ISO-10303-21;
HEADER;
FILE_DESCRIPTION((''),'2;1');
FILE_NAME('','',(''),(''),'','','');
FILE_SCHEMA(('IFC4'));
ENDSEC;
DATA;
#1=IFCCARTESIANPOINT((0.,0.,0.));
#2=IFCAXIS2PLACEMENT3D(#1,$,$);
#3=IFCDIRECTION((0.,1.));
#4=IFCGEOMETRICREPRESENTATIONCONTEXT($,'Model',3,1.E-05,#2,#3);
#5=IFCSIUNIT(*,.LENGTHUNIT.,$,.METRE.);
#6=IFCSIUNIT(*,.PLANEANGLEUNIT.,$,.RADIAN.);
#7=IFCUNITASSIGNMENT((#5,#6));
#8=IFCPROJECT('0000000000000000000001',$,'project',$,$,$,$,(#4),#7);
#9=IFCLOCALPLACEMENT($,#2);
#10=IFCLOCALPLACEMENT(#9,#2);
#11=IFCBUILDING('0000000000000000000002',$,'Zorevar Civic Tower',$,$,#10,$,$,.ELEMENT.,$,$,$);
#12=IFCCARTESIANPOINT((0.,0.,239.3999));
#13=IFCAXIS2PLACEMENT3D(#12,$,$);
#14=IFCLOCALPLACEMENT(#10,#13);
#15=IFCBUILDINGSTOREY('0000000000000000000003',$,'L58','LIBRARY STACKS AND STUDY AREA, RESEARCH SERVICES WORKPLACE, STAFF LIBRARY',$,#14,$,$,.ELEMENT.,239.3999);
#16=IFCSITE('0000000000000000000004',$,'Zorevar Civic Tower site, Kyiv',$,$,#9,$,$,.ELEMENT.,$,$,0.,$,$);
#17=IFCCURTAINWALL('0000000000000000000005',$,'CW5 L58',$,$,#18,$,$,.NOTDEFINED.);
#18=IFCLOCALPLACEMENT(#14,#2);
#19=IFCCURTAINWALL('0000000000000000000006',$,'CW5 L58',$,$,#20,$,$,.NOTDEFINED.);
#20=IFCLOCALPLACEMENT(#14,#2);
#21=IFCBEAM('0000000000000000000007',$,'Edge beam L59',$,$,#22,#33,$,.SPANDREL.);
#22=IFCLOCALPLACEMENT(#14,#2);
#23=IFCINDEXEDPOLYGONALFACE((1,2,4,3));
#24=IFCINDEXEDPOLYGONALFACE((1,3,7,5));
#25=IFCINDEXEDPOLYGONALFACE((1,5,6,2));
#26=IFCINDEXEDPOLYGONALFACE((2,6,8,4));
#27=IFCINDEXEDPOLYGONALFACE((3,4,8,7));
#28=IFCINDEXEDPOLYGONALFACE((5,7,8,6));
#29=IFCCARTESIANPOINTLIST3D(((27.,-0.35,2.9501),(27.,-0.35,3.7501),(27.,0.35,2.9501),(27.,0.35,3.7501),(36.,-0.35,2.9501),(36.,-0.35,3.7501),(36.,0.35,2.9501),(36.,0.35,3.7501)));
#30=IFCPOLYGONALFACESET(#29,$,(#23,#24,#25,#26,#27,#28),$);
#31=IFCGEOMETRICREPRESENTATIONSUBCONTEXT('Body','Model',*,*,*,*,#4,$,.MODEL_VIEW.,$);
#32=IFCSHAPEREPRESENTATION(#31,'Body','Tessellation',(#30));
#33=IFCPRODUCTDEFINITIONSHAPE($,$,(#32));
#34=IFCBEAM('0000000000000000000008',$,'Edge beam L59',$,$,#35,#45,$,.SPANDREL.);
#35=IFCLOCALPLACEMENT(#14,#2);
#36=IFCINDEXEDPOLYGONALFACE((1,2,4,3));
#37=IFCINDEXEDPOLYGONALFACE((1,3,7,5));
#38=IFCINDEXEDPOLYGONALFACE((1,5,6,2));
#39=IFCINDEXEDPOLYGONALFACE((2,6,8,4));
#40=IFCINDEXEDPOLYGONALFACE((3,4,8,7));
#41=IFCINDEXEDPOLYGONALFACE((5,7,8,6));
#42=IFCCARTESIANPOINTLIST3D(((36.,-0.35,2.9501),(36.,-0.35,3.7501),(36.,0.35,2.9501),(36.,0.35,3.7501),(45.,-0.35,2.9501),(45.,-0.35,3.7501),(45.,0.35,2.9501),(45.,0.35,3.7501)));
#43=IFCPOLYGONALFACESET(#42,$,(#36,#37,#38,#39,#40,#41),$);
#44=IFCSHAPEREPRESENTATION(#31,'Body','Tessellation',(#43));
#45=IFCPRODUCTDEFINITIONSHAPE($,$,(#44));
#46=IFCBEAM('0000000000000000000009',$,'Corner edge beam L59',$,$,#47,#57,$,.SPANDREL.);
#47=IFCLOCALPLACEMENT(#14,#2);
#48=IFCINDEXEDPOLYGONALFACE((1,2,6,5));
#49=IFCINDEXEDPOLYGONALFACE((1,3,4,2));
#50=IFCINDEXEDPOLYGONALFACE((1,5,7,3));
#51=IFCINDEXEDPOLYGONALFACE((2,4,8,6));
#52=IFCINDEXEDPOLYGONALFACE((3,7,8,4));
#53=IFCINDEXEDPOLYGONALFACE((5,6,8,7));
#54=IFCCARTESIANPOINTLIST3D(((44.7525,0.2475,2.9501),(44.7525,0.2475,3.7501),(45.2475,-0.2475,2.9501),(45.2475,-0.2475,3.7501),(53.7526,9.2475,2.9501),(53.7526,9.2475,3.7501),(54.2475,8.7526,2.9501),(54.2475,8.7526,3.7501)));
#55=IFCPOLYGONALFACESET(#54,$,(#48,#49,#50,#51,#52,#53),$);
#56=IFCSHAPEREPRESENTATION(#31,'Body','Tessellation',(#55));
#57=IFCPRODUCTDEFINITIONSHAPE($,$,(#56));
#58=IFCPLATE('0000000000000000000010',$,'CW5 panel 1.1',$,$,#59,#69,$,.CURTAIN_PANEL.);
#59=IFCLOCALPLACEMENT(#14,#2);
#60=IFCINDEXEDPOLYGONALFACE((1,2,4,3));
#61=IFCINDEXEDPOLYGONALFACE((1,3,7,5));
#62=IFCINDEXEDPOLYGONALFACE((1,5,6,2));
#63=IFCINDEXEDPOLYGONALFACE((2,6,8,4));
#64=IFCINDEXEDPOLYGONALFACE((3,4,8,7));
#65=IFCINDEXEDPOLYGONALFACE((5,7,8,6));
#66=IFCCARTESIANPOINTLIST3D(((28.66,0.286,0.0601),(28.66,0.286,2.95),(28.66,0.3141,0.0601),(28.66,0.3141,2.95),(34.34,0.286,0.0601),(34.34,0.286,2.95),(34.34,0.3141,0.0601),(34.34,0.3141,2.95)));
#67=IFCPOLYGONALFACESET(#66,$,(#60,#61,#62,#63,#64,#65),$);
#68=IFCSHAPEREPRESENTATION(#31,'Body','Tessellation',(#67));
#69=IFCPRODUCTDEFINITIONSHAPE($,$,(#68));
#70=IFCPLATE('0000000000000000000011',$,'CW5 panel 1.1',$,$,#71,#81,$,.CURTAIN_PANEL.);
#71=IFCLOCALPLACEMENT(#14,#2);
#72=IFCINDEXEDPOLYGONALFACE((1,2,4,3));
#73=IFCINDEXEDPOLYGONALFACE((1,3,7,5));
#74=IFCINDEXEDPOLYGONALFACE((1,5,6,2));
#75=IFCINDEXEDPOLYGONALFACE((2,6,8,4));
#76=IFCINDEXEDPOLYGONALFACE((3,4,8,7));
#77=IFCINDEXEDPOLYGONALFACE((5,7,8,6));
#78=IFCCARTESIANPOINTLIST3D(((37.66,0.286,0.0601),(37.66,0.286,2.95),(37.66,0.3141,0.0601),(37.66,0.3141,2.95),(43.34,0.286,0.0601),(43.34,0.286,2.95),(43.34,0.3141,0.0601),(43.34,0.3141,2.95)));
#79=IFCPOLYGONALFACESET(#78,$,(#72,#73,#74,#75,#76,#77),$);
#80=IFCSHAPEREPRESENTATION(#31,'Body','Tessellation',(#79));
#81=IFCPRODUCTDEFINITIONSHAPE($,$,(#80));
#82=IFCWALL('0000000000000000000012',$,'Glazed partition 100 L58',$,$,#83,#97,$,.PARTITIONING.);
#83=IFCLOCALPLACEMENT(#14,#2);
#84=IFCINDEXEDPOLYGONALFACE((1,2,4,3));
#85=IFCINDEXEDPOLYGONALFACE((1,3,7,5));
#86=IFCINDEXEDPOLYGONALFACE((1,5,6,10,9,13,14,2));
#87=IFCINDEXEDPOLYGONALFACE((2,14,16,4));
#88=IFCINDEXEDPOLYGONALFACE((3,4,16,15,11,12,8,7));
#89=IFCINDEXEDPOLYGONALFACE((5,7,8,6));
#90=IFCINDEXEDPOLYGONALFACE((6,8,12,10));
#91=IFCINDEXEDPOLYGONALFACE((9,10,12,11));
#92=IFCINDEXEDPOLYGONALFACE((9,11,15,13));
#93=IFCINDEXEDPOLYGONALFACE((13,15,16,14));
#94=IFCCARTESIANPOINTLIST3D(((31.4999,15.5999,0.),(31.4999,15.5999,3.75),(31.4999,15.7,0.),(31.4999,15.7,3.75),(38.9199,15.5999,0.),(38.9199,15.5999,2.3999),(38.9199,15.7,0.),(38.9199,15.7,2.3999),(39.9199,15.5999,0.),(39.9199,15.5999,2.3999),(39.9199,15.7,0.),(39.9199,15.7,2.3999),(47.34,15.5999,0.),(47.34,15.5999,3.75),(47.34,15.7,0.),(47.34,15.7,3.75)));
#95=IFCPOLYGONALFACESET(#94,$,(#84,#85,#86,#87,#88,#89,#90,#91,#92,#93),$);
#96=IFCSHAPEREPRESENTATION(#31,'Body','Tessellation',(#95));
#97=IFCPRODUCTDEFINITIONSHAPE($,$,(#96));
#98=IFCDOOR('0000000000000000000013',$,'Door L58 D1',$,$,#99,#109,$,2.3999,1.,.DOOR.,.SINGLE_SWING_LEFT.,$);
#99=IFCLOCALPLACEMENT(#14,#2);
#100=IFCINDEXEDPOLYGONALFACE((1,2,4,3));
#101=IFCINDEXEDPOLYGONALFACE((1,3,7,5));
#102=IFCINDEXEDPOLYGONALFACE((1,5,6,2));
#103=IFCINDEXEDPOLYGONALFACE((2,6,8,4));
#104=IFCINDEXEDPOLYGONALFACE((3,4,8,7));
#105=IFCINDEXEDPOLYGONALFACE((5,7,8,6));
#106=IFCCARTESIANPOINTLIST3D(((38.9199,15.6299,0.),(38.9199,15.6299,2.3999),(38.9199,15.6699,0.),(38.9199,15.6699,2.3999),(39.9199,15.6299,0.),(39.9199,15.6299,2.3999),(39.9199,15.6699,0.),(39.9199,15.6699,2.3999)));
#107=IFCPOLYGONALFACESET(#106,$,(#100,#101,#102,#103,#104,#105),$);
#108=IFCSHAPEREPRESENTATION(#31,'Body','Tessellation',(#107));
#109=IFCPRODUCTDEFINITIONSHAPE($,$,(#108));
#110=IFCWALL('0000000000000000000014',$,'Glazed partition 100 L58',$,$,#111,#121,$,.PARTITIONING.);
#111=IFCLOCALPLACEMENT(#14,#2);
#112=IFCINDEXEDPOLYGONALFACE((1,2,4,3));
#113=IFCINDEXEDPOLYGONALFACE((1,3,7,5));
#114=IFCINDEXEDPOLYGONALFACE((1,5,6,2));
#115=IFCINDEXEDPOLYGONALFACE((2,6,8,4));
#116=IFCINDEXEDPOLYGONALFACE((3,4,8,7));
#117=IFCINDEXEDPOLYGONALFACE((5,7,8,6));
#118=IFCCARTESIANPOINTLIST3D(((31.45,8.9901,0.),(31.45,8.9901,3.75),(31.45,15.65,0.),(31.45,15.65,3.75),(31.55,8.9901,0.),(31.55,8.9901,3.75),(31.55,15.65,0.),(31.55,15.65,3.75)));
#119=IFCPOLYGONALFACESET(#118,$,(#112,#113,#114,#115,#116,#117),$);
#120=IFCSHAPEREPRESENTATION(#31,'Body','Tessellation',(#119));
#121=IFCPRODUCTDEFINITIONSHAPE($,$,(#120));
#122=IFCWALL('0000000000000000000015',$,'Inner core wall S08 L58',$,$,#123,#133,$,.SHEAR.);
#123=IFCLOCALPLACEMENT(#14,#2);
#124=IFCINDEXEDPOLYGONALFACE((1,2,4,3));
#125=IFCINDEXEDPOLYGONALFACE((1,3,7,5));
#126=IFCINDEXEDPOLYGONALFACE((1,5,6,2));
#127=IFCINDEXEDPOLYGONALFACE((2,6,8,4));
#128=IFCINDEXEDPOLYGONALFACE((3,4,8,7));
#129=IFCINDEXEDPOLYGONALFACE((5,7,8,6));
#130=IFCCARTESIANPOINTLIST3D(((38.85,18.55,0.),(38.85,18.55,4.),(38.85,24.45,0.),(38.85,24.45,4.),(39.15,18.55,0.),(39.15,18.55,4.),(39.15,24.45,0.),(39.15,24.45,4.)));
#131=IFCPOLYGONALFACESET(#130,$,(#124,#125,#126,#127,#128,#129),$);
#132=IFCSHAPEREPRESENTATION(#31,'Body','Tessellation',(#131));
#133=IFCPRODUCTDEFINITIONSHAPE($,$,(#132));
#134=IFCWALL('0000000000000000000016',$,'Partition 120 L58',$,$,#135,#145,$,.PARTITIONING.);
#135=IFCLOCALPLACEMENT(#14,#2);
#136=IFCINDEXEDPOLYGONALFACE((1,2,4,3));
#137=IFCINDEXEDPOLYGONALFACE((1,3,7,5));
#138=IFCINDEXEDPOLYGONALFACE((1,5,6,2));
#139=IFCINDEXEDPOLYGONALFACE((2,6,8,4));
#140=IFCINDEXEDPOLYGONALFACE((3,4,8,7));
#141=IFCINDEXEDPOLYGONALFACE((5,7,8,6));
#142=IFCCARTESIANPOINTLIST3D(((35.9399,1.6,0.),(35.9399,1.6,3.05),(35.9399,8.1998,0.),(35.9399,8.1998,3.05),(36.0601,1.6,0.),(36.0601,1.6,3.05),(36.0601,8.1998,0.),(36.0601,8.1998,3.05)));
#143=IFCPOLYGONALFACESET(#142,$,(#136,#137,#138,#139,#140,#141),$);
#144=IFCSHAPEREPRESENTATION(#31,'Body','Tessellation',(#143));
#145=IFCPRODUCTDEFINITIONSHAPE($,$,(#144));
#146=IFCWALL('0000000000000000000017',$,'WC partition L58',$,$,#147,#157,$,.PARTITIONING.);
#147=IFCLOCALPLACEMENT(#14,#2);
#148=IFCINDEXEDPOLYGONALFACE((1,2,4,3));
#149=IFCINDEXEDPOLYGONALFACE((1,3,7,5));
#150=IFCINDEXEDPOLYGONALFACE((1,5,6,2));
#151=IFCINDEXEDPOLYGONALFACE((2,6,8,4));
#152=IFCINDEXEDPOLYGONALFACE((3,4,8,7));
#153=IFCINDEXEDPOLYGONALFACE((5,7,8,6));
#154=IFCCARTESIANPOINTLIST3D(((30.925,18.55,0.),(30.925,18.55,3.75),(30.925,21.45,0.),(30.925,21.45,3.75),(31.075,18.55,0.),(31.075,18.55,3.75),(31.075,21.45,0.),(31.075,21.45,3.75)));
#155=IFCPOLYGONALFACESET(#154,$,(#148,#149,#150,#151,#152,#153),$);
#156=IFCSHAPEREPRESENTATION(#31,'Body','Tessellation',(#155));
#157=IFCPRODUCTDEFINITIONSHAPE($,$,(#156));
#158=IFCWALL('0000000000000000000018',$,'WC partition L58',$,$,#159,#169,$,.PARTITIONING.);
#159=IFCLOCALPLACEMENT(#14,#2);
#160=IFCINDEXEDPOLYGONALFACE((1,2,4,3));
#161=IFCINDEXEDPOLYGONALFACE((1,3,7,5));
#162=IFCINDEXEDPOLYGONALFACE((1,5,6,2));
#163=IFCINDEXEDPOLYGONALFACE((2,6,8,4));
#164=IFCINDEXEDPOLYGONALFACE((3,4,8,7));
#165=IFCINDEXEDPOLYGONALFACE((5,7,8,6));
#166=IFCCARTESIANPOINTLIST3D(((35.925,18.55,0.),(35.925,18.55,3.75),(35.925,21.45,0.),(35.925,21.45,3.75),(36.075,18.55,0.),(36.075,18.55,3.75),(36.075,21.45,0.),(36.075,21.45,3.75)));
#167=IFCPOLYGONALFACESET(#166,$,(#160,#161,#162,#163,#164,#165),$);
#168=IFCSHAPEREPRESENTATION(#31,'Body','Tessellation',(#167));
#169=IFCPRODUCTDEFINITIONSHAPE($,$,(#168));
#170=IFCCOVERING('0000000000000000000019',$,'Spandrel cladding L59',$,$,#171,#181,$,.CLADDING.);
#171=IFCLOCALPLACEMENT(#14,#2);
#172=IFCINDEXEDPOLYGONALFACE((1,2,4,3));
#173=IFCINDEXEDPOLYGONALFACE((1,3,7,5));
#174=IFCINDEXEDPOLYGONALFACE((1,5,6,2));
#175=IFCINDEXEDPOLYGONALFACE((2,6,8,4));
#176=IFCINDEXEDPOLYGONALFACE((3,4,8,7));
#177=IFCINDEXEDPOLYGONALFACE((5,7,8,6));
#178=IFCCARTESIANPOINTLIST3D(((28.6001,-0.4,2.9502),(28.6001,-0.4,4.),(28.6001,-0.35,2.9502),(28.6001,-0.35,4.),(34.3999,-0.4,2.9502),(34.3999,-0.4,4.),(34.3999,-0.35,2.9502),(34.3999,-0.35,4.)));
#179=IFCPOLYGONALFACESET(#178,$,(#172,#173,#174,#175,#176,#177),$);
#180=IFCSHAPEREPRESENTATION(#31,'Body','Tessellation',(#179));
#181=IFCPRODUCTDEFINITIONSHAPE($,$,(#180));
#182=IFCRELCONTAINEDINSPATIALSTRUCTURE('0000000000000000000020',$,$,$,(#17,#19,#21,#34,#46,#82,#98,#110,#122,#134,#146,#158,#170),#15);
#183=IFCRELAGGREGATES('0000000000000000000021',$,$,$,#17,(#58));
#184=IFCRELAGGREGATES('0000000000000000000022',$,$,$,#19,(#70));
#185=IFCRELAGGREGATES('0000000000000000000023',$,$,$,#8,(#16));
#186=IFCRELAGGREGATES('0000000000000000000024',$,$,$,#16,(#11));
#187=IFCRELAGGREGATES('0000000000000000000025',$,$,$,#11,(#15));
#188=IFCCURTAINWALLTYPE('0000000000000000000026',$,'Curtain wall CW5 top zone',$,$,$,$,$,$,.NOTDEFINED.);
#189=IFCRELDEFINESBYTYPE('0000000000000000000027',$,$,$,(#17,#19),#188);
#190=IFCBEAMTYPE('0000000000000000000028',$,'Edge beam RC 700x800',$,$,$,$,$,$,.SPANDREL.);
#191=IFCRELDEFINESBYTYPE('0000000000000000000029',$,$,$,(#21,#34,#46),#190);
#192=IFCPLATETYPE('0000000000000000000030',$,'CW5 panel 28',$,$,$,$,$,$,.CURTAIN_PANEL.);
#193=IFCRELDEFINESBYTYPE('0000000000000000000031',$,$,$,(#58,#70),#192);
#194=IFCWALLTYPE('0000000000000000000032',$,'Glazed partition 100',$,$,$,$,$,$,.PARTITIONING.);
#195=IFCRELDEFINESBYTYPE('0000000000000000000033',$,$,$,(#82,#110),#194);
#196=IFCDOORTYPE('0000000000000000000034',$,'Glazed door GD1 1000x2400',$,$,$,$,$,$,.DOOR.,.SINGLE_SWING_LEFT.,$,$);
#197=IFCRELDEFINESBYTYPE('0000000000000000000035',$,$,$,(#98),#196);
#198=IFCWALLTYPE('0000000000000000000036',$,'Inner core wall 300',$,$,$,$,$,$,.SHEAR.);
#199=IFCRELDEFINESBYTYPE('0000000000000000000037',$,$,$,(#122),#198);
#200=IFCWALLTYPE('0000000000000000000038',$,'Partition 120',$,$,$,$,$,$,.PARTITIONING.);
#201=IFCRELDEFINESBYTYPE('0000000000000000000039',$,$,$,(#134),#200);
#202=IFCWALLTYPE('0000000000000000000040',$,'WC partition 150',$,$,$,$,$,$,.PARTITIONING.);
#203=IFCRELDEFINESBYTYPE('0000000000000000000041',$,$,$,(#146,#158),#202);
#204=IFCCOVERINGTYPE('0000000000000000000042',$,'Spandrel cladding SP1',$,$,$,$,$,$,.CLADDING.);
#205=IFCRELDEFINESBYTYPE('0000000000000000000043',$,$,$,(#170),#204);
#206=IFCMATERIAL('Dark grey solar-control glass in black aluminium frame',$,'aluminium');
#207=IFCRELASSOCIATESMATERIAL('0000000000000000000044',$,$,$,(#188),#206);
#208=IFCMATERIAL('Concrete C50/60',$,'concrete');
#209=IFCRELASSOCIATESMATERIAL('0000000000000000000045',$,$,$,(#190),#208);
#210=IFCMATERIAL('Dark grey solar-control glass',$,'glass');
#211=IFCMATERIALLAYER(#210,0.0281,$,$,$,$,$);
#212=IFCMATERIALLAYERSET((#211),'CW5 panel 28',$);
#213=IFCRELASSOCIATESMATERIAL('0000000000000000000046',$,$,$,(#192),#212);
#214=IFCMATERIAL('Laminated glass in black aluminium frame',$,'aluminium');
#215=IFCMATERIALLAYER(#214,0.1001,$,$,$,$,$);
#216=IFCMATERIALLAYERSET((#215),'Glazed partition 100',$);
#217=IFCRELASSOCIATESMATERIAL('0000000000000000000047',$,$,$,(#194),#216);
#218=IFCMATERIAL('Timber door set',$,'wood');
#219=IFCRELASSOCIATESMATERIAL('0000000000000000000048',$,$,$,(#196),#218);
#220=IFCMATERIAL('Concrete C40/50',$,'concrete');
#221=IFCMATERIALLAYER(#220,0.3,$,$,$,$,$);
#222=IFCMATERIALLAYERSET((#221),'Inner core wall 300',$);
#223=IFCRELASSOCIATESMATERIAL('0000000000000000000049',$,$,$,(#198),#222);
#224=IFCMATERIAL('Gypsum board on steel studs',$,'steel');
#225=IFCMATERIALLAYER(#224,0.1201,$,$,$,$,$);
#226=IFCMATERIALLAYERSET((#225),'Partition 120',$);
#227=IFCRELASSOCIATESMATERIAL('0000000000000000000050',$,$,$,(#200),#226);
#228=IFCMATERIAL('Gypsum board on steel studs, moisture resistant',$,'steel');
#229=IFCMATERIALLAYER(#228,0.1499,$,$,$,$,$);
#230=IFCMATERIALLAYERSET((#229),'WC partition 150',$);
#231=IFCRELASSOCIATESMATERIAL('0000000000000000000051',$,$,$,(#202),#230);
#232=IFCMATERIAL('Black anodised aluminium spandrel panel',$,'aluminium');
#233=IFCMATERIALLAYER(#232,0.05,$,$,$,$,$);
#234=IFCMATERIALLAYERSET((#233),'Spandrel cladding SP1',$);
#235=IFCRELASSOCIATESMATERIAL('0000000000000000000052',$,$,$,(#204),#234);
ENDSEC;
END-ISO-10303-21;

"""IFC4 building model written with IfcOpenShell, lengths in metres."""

from ifc_helpers import new_model, si_unit, direction, frame, frame_2d, origin, origin_2d, place, context, subcontext, project, spatial, rectangle, extrude, material, layer, layer_set, material_profile, profile_set, type_object, element, fill, aggregate, save


model = new_model("IFC4")

# Units and contexts
model_context = context("Model", 3, precision=1e-05, world=origin(), true_north=direction((0.0, 1.0)))
body_context = subcontext(model_context, "Body", "Model", "MODEL_VIEW")
ifc_project = project(units=[si_unit("LENGTHUNIT", "METRE"), si_unit("PLANEANGLEUNIT", "RADIAN")], contexts=[model_context])

# Site, building, storey
site_placement = place(None, origin())
site = spatial("IfcSite", under=ifc_project, at=site_placement, Name="Zorevar Civic Tower site, Kyiv", CompositionType="ELEMENT", RefElevation=0.0)
building_placement = place(site_placement, origin())
building = spatial("IfcBuilding", under=site, at=building_placement, Name="Zorevar Civic Tower", CompositionType="ELEMENT")
storey_placement = place(building_placement, frame((0.0, 0.0, 239.3999)))
storey = spatial("IfcBuildingStorey", under=building, at=storey_placement, Name="L58", Description="LIBRARY STACKS AND STUDY AREA, RESEARCH SERVICES WORKPLACE, STAFF LIBRARY", CompositionType="ELEMENT", Elevation=239.3999)

# Curtain walls
ifc_material_1 = material(Name="Dark grey solar-control glass in black aluminium frame", Category="aluminium")
curtain_wall_type = type_object("IfcCurtainWallType", Name="Curtain wall CW5 top zone", PredefinedType="NOTDEFINED", material=ifc_material_1)
curtain_wall_1_placement = place(storey_placement, origin())
curtain_wall_1 = element("IfcCurtainWall", 1, at=curtain_wall_1_placement, inside=storey, type_object=curtain_wall_type, Name="CW5 L58", PredefinedType="NOTDEFINED")
curtain_wall_2_placement = place(storey_placement, origin())
curtain_wall_2 = element("IfcCurtainWall", 2, at=curtain_wall_2_placement, inside=storey, type_object=curtain_wall_type, Name="CW5 L58", PredefinedType="NOTDEFINED")

# Beams
ifc_material_2 = material(Name="Concrete C50/60", Category="concrete")
ifc_material_profile_1 = material_profile(ifc_material_2, rectangle(XDim=0.7, YDim=0.8, at=origin_2d()), Name="RC 700x800")
ifc_profile_set_1 = profile_set([ifc_material_profile_1], Name="Concrete C50/60")
beam_type_1 = type_object("IfcBeamType", Name="Edge beam RC 700x800", PredefinedType="SPANDREL", material=ifc_profile_set_1)
for number, where, z_axis, x_axis, name in (
    (3, (27.0, 0.0, 3.3501), (1.0, 0.0, 0.0), (0.0, 1.0, 0.0), "Edge beam L59"),
    (4, (36.0, 0.0, 3.3501), (1.0, 0.0, 0.0), (0.0, 1.0, 0.0), "Edge beam L59"),
):
    element("IfcBeam", number, at=place(storey_placement, frame(where, z_axis=z_axis, x_axis=x_axis)), inside=storey, type_object=beam_type_1, Name=name, PredefinedType="SPANDREL", context=body_context, shape_type="SweptSolid", body=[
        extrude(rectangle(XDim=0.7, YDim=0.8, at=origin_2d()), origin(), (0.0, 0.0, 1.0), 9.0),
    ])
beam_1_placement = place(storey_placement, frame((45.0, 0.0, 3.3501), z_axis=(0.707107, 0.707107, 0.0), x_axis=(-0.707107, 0.707107, 0.0)))
element("IfcBeam", 5, at=beam_1_placement, inside=storey, type_object=beam_type_1, Name="Corner edge beam L59", PredefinedType="SPANDREL", context=body_context, shape_type="SweptSolid", body=[
    extrude(rectangle(XDim=0.7, YDim=0.8, at=origin_2d()), origin(), (0.0, 0.0, 1.0), 12.728),
])

# Plates
ifc_material_3 = material(Name="Dark grey solar-control glass", Category="glass")
ifc_layer_1 = layer(ifc_material_3, 0.0281)
ifc_layer_set_1 = layer_set([ifc_layer_1], Name="CW5 panel 28")
plate_type = type_object("IfcPlateType", Name="CW5 panel 28", PredefinedType="CURTAIN_PANEL", material=ifc_layer_set_1)
plate_1_placement = place(storey_placement, frame((31.5, 0.3, 0.0601), z_axis=(0.0, 0.0, 1.0), x_axis=(1.0, 0.0, 0.0)))
plate_1 = element("IfcPlate", 6, at=plate_1_placement, type_object=plate_type, Name="CW5 panel 1.1", PredefinedType="CURTAIN_PANEL", context=body_context, shape_type="SweptSolid", body=[
    extrude(rectangle(XDim=5.6799, YDim=0.0281, at=origin_2d()), origin(), (0.0, 0.0, 1.0), 2.8899),
])
aggregate(curtain_wall_1, [plate_1])
plate_2_placement = place(storey_placement, frame((40.5, 0.3, 0.0601), z_axis=(0.0, 0.0, 1.0), x_axis=(1.0, 0.0, 0.0)))
plate_2 = element("IfcPlate", 7, at=plate_2_placement, type_object=plate_type, Name="CW5 panel 1.1", PredefinedType="CURTAIN_PANEL", context=body_context, shape_type="SweptSolid", body=[
    extrude(rectangle(XDim=5.6799, YDim=0.0281, at=origin_2d()), origin(), (0.0, 0.0, 1.0), 2.8899),
])
aggregate(curtain_wall_2, [plate_2])

# Wall, opening, door
ifc_material_4 = material(Name="Laminated glass in black aluminium frame", Category="aluminium")
ifc_layer_2 = layer(ifc_material_4, 0.1001)
ifc_layer_set_2 = layer_set([ifc_layer_2], Name="Glazed partition 100")
wall_type_1 = type_object("IfcWallType", Name="Glazed partition 100", PredefinedType="PARTITIONING", material=ifc_layer_set_2)
wall_1_placement = place(storey_placement, frame((31.5, 15.6499, 0.0), z_axis=(0.0, 0.0, 1.0), x_axis=(1.0, 0.0, 0.0)))
wall_1 = element("IfcWall", 8, at=wall_1_placement, inside=storey, type_object=wall_type_1, Name="Glazed partition 100 L58", PredefinedType="PARTITIONING", context=body_context, shape_type="SweptSolid", body=[
    extrude(rectangle(XDim=15.8401, YDim=0.1001, at=frame_2d((7.9199, 0.0))), origin(), (0.0, 0.0, 1.0), 3.75),
])
opening_1_placement = place(wall_1_placement, frame((7.4199, 0.0, 0.0)))
opening_1 = element("IfcOpeningElement", 9, at=opening_1_placement, cuts=wall_1, PredefinedType="OPENING", context=body_context, shape_type="SweptSolid", body=[
    extrude(rectangle(XDim=1.0, YDim=2.3999, at=frame_2d((0.5, 1.2))), frame((0.0, 0.0601, 0.0), z_axis=(0.0, -1.0, 0.0), x_axis=(1.0, 0.0, 0.0)), (0.0, 0.0, 1.0), 0.1201),
])
ifc_material_5 = material(Name="Timber door set", Category="wood")
door_type_1 = type_object("IfcDoorType", Name="Glazed door GD1 1000x2400", OperationType="SINGLE_SWING_LEFT", PredefinedType="DOOR", material=ifc_material_5)
door_1_placement = place(opening_1_placement, origin())
door_1 = element("IfcDoor", 10, at=door_1_placement, inside=storey, type_object=door_type_1, Name="Door L58 D1", OperationType="SINGLE_SWING_LEFT", OverallHeight=2.3999, OverallWidth=1.0, PredefinedType="DOOR", context=body_context, shape_type="SweptSolid", body=[
    extrude(rectangle(XDim=1.0, YDim=2.3999, at=frame_2d((0.5, 1.2))), frame((0.0, 0.02, 0.0), z_axis=(0.0, -1.0, 0.0), x_axis=(1.0, 0.0, 0.0)), (0.0, 0.0, 1.0), 0.04),
])
fill(opening_1, door_1)

# Walls
wall_2_placement = place(storey_placement, frame((31.5, 8.99, 0.0), z_axis=(0.0, 0.0, 1.0), x_axis=(0.0, 1.0, 0.0)))
element("IfcWall", 11, at=wall_2_placement, inside=storey, type_object=wall_type_1, Name="Glazed partition 100 L58", PredefinedType="PARTITIONING", context=body_context, shape_type="SweptSolid", body=[
    extrude(rectangle(XDim=6.6599, YDim=0.1001, at=frame_2d((3.3301, 0.0))), origin(), (0.0, 0.0, 1.0), 3.75),
])
ifc_material_6 = material(Name="Concrete C40/50", Category="concrete")
ifc_layer_3 = layer(ifc_material_6, 0.3)
ifc_layer_set_3 = layer_set([ifc_layer_3], Name="Inner core wall 300")
wall_type_2 = type_object("IfcWallType", Name="Inner core wall 300", PredefinedType="SHEAR", material=ifc_layer_set_3)
wall_3_placement = place(storey_placement, frame((39.0, 18.55, 0.0), z_axis=(0.0, 0.0, 1.0), x_axis=(0.0, 1.0, 0.0)))
element("IfcWall", 12, at=wall_3_placement, inside=storey, type_object=wall_type_2, Name="Inner core wall S08 L58", PredefinedType="SHEAR", context=body_context, shape_type="SweptSolid", body=[
    extrude(rectangle(XDim=5.8999, YDim=0.3, at=frame_2d((2.95, 0.0))), origin(), (0.0, 0.0, 1.0), 4.0),
])

# Shared definitions
ifc_material_7 = material(Name="Gypsum board on steel studs", Category="steel")
ifc_layer_4 = layer(ifc_material_7, 0.1201)
ifc_layer_set_4 = layer_set([ifc_layer_4], Name="Partition 120")
wall_type_3 = type_object("IfcWallType", Name="Partition 120", PredefinedType="PARTITIONING", material=ifc_layer_set_4)

# Walls
wall_4_placement = place(storey_placement, frame((36.0, 1.6001, 0.0), z_axis=(0.0, 0.0, 1.0), x_axis=(0.0, 1.0, 0.0)))
element("IfcWall", 13, at=wall_4_placement, inside=storey, type_object=wall_type_3, Name="Partition 120 L58", PredefinedType="PARTITIONING", context=body_context, shape_type="SweptSolid", body=[
    extrude(rectangle(XDim=6.5999, YDim=0.1201, at=frame_2d((3.2998, 0.0))), origin(), (0.0, 0.0, 1.0), 3.05),
])
ifc_material_8 = material(Name="Gypsum board on steel studs, moisture resistant", Category="steel")
ifc_layer_5 = layer(ifc_material_8, 0.1499)
ifc_layer_set_5 = layer_set([ifc_layer_5], Name="WC partition 150")
wall_type_4 = type_object("IfcWallType", Name="WC partition 150", PredefinedType="PARTITIONING", material=ifc_layer_set_5)
for number, where, z_axis, x_axis, name in (
    (14, (31.0, 18.55, 0.0), (0.0, 0.0, 1.0), (0.0, 1.0, 0.0), "WC partition L58"),
    (15, (36.0, 18.55, 0.0), (0.0, 0.0, 1.0), (0.0, 1.0, 0.0), "WC partition L58"),
):
    element("IfcWall", number, at=place(storey_placement, frame(where, z_axis=z_axis, x_axis=x_axis)), inside=storey, type_object=wall_type_4, Name=name, PredefinedType="PARTITIONING", context=body_context, shape_type="SweptSolid", body=[
        extrude(rectangle(XDim=2.8999, YDim=0.1499, at=frame_2d((1.45, 0.0))), origin(), (0.0, 0.0, 1.0), 3.75),
    ])

# Covering
ifc_material_9 = material(Name="Black anodised aluminium spandrel panel", Category="aluminium")
ifc_layer_6 = layer(ifc_material_9, 0.05)
ifc_layer_set_6 = layer_set([ifc_layer_6], Name="Spandrel cladding SP1")
covering_type = type_object("IfcCoveringType", Name="Spandrel cladding SP1", PredefinedType="CLADDING", material=ifc_layer_set_6)
for number, where, z_axis, x_axis, name in (
    (16, (28.6001, -0.375, 2.9502), (0.0, 0.0, 1.0), (1.0, 0.0, 0.0), "Spandrel cladding L59"),
):
    element("IfcCovering", number, at=place(storey_placement, frame(where, z_axis=z_axis, x_axis=x_axis)), inside=storey, type_object=covering_type, Name=name, PredefinedType="CLADDING", context=body_context, shape_type="SweptSolid", body=[
        extrude(rectangle(XDim=5.7998, YDim=0.05, at=frame_2d((2.8999, 0.0))), origin(), (0.0, 0.0, 1.0), 1.0498),
    ])

save(model, "model.ifc")
